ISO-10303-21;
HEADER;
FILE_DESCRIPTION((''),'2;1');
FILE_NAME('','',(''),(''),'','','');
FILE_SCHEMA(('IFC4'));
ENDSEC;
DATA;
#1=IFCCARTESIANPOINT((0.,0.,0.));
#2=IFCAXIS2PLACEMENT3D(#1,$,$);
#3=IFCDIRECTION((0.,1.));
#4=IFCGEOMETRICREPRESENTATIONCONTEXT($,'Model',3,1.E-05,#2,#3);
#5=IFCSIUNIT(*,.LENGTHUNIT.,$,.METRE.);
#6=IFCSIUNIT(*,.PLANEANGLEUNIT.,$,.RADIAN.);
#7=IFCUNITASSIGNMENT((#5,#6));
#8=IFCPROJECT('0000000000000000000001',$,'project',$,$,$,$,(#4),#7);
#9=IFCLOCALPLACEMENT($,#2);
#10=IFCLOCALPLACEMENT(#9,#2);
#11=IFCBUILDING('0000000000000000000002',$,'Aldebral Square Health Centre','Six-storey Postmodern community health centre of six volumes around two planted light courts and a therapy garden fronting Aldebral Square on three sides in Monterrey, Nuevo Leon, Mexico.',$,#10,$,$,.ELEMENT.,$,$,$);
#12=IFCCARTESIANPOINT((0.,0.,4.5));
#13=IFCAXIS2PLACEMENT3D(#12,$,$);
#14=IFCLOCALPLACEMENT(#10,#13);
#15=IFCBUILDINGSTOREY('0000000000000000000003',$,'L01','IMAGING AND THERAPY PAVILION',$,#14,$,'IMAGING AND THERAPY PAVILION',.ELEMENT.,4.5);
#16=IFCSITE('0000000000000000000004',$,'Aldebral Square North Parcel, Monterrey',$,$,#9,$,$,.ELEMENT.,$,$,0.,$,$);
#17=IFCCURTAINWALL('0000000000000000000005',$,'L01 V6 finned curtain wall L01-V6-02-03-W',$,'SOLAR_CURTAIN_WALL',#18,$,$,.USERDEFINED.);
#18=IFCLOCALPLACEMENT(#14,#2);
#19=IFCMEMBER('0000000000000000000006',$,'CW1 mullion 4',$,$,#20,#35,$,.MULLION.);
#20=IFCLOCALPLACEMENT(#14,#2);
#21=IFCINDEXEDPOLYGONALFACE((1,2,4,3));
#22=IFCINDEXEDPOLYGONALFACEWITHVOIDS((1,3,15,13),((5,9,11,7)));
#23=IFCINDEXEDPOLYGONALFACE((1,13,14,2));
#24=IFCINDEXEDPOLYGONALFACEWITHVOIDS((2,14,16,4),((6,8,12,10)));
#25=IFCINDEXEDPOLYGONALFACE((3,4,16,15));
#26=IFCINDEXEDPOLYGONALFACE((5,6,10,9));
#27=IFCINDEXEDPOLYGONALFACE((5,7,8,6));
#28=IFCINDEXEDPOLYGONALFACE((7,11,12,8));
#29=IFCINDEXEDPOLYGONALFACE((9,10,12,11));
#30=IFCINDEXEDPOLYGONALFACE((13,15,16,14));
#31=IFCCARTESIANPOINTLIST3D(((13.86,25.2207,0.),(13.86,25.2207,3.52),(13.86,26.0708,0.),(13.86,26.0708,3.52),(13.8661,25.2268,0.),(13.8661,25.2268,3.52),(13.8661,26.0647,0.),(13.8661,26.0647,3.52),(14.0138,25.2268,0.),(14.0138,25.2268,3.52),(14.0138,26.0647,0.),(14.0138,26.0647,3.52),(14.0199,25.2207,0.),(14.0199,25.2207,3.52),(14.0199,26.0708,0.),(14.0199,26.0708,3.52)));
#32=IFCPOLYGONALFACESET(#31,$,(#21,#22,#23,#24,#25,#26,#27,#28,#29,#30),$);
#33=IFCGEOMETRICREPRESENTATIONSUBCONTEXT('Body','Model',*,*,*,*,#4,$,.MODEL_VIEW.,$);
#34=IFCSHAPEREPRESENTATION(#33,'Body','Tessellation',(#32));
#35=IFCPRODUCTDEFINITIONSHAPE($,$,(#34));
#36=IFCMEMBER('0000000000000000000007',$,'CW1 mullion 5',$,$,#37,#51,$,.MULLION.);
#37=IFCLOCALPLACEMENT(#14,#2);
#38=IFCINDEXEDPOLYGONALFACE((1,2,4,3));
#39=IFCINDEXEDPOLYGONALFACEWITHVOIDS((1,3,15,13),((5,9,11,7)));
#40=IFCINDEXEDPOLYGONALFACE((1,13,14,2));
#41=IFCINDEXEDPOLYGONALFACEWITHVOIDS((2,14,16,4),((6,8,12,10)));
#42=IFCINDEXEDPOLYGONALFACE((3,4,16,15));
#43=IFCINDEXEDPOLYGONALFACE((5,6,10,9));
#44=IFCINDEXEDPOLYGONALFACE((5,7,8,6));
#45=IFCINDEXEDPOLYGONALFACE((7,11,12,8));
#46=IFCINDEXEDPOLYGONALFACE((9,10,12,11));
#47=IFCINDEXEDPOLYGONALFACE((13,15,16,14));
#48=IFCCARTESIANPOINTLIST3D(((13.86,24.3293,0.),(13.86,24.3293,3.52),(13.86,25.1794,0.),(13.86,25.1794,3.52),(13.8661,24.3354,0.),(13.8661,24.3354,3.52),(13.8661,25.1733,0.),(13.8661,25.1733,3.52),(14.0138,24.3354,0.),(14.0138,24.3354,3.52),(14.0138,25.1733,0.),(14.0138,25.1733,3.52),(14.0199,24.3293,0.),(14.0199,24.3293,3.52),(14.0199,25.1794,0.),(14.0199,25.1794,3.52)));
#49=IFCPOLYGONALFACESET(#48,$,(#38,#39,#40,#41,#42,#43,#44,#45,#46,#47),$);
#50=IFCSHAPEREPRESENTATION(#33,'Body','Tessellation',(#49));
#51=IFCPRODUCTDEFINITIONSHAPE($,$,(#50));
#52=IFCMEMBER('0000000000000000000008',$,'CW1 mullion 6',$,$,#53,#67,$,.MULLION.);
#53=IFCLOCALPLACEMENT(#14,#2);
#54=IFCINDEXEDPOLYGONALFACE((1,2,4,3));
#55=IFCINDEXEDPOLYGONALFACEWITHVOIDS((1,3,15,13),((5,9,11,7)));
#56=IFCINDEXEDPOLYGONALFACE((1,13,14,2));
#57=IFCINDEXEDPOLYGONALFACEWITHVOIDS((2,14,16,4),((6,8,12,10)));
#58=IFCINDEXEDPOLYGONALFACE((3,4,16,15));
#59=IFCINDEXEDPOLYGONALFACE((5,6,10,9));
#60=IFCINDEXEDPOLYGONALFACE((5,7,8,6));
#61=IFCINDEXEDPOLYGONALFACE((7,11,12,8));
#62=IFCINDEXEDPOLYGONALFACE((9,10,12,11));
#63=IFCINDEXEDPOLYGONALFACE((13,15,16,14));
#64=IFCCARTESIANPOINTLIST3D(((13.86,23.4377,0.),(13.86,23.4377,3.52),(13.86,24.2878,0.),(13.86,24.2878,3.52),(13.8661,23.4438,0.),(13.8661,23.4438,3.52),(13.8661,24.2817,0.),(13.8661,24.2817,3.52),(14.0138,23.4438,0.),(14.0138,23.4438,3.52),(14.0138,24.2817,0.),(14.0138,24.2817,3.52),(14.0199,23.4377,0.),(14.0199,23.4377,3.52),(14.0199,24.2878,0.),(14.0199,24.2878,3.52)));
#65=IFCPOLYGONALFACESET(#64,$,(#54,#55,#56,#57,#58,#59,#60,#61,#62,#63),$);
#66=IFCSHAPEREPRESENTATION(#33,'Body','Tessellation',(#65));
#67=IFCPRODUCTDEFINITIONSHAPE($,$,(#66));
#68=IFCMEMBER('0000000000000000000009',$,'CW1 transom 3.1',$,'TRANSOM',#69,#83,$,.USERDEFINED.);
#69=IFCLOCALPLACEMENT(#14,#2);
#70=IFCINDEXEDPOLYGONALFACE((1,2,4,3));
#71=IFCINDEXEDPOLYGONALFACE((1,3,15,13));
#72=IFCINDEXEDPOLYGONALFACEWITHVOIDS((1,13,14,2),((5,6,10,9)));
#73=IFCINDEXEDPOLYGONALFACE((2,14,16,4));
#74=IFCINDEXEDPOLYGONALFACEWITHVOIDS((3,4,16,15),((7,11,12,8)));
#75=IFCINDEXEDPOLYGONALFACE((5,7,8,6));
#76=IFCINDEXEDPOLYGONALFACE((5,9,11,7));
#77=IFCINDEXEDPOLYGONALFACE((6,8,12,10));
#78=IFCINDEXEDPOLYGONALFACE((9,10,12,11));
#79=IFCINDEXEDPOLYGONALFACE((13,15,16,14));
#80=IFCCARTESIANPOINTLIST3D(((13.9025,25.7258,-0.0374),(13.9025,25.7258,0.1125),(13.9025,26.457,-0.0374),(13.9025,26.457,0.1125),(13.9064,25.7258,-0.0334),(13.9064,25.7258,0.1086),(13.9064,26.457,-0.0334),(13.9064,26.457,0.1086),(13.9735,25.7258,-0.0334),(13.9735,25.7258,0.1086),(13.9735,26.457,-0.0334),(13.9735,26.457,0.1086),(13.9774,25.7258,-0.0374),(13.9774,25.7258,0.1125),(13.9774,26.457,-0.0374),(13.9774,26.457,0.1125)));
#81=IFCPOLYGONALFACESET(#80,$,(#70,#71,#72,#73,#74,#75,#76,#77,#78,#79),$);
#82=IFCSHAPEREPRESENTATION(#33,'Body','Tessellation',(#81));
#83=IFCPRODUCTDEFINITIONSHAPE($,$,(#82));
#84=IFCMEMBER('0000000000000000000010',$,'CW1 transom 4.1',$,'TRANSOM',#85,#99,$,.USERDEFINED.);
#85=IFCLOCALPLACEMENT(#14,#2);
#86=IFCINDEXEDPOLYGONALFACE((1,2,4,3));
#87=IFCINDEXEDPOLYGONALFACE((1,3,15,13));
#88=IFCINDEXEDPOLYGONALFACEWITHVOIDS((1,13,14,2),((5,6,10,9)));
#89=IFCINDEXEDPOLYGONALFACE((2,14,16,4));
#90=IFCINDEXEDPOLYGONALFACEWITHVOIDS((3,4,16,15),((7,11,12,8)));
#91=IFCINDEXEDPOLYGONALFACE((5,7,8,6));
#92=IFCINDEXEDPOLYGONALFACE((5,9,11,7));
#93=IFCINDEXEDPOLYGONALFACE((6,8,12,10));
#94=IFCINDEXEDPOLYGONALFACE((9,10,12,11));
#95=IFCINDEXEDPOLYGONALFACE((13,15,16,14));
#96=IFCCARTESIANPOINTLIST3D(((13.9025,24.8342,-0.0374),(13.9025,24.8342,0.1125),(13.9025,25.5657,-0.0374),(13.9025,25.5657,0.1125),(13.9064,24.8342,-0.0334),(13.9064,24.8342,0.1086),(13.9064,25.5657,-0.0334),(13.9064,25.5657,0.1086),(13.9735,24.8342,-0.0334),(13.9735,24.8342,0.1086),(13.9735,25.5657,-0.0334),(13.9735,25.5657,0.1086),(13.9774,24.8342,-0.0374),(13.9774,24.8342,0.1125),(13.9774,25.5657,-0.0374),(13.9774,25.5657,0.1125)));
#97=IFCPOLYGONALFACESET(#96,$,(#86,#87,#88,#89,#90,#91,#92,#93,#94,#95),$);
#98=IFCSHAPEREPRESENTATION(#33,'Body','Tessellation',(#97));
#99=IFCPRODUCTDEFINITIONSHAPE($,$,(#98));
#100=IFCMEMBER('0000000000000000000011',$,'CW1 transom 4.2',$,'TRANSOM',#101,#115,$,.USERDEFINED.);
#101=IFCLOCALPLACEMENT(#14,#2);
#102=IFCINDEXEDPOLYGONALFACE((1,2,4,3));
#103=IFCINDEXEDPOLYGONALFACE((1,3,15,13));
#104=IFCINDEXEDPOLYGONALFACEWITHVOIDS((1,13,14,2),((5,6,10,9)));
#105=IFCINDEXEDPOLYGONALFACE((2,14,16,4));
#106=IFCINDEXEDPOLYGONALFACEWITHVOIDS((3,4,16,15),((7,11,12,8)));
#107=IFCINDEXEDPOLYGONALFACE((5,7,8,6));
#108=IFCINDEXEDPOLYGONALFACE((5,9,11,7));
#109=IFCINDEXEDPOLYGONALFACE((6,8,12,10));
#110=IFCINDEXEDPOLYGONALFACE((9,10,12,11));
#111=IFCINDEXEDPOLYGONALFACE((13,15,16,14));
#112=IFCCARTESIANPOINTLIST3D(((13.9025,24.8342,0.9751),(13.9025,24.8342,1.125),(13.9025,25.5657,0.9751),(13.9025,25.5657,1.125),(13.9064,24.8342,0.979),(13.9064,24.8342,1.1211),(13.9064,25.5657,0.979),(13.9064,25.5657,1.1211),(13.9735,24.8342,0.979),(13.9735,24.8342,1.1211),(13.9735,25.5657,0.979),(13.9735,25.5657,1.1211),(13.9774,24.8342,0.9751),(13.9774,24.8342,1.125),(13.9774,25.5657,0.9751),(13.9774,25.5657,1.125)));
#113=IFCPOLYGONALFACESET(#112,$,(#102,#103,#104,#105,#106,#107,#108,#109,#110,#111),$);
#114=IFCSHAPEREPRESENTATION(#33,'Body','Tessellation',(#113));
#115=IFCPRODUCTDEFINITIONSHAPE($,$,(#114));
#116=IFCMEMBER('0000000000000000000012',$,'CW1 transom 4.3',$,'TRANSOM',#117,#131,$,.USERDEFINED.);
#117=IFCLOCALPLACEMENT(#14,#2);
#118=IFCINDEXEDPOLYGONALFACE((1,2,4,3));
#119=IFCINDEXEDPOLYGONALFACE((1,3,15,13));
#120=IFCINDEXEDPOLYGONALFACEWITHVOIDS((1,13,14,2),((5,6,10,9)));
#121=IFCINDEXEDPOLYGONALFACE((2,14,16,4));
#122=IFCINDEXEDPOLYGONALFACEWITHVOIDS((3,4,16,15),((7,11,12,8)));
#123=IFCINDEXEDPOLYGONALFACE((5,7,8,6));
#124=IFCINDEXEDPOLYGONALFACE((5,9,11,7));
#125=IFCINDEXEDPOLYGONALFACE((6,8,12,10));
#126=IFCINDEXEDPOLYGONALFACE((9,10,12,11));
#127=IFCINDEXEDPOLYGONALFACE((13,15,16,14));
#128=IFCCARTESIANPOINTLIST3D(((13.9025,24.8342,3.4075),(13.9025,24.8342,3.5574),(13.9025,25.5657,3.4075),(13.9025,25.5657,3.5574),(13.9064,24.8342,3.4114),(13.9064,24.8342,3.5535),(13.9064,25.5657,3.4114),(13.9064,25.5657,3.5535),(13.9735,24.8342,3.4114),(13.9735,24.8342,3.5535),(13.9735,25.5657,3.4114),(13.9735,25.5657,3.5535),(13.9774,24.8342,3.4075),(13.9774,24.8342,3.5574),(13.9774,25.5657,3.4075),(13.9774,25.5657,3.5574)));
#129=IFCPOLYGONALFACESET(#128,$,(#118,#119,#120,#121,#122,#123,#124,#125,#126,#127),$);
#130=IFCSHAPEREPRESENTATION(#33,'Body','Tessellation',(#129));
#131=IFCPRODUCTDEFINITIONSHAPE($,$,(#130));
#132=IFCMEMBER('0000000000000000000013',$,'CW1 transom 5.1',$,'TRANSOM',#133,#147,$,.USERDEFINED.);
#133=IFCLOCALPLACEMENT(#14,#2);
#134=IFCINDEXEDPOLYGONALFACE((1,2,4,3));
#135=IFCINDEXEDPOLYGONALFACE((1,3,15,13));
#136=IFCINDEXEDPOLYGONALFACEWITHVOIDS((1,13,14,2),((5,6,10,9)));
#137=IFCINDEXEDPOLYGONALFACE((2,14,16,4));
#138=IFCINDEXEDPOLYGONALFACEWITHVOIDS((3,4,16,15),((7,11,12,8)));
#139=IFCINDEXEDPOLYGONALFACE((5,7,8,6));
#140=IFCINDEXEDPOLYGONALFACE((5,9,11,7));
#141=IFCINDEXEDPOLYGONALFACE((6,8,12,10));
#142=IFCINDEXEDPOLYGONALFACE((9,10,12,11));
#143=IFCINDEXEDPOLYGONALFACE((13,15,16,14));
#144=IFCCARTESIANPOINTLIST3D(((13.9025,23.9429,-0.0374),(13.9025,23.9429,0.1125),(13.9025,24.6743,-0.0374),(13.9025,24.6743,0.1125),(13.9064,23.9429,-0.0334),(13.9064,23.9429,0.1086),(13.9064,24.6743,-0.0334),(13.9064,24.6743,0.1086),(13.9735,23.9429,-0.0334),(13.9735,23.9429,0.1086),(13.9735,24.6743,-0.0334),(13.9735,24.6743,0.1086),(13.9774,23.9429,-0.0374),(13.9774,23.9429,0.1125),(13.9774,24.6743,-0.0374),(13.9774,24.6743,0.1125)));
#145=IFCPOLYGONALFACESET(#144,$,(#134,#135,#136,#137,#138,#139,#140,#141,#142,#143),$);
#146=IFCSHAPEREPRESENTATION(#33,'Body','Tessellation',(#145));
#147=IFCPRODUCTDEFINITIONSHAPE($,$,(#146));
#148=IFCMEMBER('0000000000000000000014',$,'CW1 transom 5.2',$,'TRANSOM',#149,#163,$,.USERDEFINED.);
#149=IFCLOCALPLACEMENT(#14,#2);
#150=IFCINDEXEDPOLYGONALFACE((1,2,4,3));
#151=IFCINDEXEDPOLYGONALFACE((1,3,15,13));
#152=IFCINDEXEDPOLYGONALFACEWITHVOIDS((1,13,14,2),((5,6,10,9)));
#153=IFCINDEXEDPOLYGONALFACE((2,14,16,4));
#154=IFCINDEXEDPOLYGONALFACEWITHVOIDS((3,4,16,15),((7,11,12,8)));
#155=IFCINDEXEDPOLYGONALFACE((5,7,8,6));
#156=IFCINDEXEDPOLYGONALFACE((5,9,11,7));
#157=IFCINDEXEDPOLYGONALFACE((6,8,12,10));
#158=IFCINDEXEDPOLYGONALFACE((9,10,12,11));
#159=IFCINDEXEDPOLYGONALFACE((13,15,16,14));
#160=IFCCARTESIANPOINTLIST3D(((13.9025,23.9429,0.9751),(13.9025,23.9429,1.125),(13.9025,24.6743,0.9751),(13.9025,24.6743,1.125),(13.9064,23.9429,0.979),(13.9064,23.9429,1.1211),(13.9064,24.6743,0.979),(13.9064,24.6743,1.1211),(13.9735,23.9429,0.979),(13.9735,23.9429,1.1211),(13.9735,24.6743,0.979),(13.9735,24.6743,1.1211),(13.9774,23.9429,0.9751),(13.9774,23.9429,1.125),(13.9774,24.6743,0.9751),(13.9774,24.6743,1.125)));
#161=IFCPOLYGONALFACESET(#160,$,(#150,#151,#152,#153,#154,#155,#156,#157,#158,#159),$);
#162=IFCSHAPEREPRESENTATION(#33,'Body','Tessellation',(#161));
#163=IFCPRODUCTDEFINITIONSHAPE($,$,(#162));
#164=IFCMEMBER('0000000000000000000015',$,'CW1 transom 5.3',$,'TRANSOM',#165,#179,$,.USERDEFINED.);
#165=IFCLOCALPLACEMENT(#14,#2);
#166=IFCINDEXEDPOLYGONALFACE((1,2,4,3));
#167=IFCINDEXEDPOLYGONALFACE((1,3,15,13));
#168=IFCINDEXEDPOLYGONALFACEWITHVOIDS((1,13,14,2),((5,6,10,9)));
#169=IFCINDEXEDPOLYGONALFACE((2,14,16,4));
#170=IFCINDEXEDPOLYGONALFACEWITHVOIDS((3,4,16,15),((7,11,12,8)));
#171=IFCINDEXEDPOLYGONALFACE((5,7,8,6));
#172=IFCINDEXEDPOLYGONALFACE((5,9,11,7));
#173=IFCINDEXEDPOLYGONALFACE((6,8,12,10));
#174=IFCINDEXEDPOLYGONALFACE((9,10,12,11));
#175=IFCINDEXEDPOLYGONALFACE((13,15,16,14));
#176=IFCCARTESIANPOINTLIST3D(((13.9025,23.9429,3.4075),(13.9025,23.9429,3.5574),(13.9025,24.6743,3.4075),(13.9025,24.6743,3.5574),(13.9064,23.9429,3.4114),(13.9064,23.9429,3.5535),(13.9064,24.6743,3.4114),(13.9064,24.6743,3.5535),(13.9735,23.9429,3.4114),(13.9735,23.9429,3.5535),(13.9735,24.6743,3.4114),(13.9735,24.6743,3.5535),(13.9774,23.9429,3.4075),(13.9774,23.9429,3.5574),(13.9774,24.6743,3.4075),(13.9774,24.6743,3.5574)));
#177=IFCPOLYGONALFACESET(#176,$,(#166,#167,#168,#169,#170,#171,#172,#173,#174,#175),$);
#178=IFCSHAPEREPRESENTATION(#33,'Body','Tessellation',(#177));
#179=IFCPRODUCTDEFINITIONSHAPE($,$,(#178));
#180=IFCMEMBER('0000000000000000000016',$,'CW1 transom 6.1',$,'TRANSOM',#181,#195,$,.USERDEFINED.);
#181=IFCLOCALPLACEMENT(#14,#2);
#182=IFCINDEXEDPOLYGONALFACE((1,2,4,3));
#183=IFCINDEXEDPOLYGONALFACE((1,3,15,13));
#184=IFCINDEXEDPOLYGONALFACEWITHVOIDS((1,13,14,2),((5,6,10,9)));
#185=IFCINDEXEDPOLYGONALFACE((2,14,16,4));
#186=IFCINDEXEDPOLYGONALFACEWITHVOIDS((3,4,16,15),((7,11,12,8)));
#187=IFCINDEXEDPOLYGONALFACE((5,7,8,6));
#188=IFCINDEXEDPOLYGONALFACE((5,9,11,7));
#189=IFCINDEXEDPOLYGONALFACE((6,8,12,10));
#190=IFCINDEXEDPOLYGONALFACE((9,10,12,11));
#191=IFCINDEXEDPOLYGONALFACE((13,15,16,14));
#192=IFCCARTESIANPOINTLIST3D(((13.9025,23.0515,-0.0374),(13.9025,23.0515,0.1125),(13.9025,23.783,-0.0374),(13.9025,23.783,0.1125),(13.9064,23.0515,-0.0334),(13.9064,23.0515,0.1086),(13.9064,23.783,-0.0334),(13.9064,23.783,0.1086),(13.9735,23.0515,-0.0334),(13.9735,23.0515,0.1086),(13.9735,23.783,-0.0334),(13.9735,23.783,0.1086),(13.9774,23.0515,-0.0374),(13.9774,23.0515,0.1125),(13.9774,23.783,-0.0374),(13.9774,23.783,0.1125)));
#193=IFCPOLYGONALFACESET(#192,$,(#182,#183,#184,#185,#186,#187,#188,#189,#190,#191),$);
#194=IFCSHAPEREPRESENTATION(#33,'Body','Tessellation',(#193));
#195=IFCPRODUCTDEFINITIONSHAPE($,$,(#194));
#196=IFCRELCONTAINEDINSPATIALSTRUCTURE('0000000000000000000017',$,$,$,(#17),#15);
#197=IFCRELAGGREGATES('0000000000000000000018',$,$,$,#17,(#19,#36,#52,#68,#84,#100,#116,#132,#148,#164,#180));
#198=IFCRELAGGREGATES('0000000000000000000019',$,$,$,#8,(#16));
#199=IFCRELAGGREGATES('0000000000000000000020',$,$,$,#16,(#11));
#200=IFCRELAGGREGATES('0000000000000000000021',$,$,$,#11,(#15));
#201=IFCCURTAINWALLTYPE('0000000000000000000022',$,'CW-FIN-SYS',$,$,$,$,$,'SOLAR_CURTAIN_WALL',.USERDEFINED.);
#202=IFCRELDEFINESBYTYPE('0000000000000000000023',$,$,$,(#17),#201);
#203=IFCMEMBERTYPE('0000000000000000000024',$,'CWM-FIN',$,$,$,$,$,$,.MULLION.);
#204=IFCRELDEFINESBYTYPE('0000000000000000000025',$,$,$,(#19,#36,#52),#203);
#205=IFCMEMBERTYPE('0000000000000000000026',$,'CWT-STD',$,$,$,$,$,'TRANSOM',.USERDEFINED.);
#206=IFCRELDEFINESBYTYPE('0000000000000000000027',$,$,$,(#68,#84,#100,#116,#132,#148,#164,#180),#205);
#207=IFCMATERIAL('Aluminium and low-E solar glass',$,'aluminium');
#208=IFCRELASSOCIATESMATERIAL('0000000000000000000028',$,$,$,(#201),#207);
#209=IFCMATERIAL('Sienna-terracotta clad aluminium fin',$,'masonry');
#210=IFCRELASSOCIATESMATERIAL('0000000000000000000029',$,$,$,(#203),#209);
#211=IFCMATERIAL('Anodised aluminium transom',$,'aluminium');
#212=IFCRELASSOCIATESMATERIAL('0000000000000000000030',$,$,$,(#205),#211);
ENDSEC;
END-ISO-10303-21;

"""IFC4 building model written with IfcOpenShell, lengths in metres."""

from ifc_helpers import new_model, si_unit, direction, frame, origin, origin_2d, place, context, subcontext, project, spatial, hollow_rectangle, extrude, material, material_profile, profile_set, type_object, element, aggregate, save


model = new_model("IFC4")

# Units and contexts
model_context = context("Model", 3, precision=1e-05, world=origin(), true_north=direction((0.0, 1.0)))
body_context = subcontext(model_context, "Body", "Model", "MODEL_VIEW")
ifc_project = project(units=[si_unit("LENGTHUNIT", "METRE"), si_unit("PLANEANGLEUNIT", "RADIAN")], contexts=[model_context])

# Site, building, storey
site_placement = place(None, origin())
site = spatial("IfcSite", under=ifc_project, at=site_placement, Name="Aldebral Square North Parcel, Monterrey", CompositionType="ELEMENT", RefElevation=0.0)
building_placement = place(site_placement, origin())
building = spatial("IfcBuilding", under=site, at=building_placement, Name="Aldebral Square Health Centre", Description="Six-storey Postmodern community health centre of six volumes around two planted light courts and a therapy garden fronting Aldebral Square on three sides in Monterrey, Nuevo Leon, Mexico.", CompositionType="ELEMENT")
storey_placement = place(building_placement, frame((0.0, 0.0, 4.5)))
storey = spatial("IfcBuildingStorey", under=building, at=storey_placement, Name="L01", Description="IMAGING AND THERAPY PAVILION", LongName="IMAGING AND THERAPY PAVILION", CompositionType="ELEMENT", Elevation=4.5)

# Curtain wall, members
ifc_material_1 = material(Name="Aluminium and low-E solar glass", Category="aluminium")
curtain_wall_type = type_object("IfcCurtainWallType", Name="CW-FIN-SYS", ElementType="SOLAR_CURTAIN_WALL", PredefinedType="USERDEFINED", material=ifc_material_1)
curtain_wall_placement = place(storey_placement, origin())
curtain_wall = element("IfcCurtainWall", 1, at=curtain_wall_placement, inside=storey, type_object=curtain_wall_type, Name="L01 V6 finned curtain wall L01-V6-02-03-W", ObjectType="SOLAR_CURTAIN_WALL", PredefinedType="USERDEFINED")
ifc_material_2 = material(Name="Sienna-terracotta clad aluminium fin", Category="masonry")
ifc_material_profile_1 = material_profile(ifc_material_2, hollow_rectangle(XDim=0.1599, YDim=0.8501, WallThickness=0.0061, at=origin_2d()), Name="FIN 160x850x6")
ifc_profile_set_1 = profile_set([ifc_material_profile_1], Name="Sienna-terracotta clad aluminium fin")
member_type_1 = type_object("IfcMemberType", Name="CWM-FIN", PredefinedType="MULLION", material=ifc_profile_set_1)
member_1_placement = place(storey_placement, frame((13.9399, 25.6458, 0.0), z_axis=(0.0, 0.0, 1.0), x_axis=(1.0, 0.0, 0.0)))
member_1 = element("IfcMember", 2, at=member_1_placement, type_object=member_type_1, Name="CW1 mullion 4", PredefinedType="MULLION", context=body_context, shape_type="SweptSolid", body=[
    extrude(hollow_rectangle(XDim=0.1599, YDim=0.8501, WallThickness=0.0061, at=origin_2d()), origin(), (0.0, 0.0, 1.0), 3.52),
])
member_2_placement = place(storey_placement, frame((13.9399, 24.7544, 0.0), z_axis=(0.0, 0.0, 1.0), x_axis=(1.0, 0.0, 0.0)))
member_2 = element("IfcMember", 3, at=member_2_placement, type_object=member_type_1, Name="CW1 mullion 5", PredefinedType="MULLION", context=body_context, shape_type="SweptSolid", body=[
    extrude(hollow_rectangle(XDim=0.1599, YDim=0.8501, WallThickness=0.0061, at=origin_2d()), origin(), (0.0, 0.0, 1.0), 3.52),
])
member_3_placement = place(storey_placement, frame((13.9399, 23.8628, 0.0), z_axis=(0.0, 0.0, 1.0), x_axis=(1.0, 0.0, 0.0)))
member_3 = element("IfcMember", 4, at=member_3_placement, type_object=member_type_1, Name="CW1 mullion 6", PredefinedType="MULLION", context=body_context, shape_type="SweptSolid", body=[
    extrude(hollow_rectangle(XDim=0.1599, YDim=0.8501, WallThickness=0.0061, at=origin_2d()), origin(), (0.0, 0.0, 1.0), 3.52),
])
ifc_material_3 = material(Name="Anodised aluminium transom", Category="aluminium")
ifc_material_profile_2 = material_profile(ifc_material_3, hollow_rectangle(XDim=0.075, YDim=0.1499, WallThickness=0.0039, at=origin_2d()), Name="CWT 75x150x4")
ifc_profile_set_2 = profile_set([ifc_material_profile_2], Name="Anodised aluminium transom")
member_type_2 = type_object("IfcMemberType", Name="CWT-STD", ElementType="TRANSOM", PredefinedType="USERDEFINED", material=ifc_profile_set_2)
member_4_placement = place(storey_placement, frame((13.9399, 26.457, 0.0376), z_axis=(0.0, -1.0, 0.0), x_axis=(1.0, 0.0, 0.0)))
member_4 = element("IfcMember", 5, at=member_4_placement, type_object=member_type_2, Name="CW1 transom 3.1", ObjectType="TRANSOM", PredefinedType="USERDEFINED", context=body_context, shape_type="SweptSolid", body=[
    extrude(hollow_rectangle(XDim=0.075, YDim=0.1499, WallThickness=0.0039, at=origin_2d()), origin(), (0.0, 0.0, 1.0), 0.7312),
])
member_5_placement = place(storey_placement, frame((13.9399, 25.5657, 0.0376), z_axis=(0.0, -1.0, 0.0), x_axis=(1.0, 0.0, 0.0)))
member_5 = element("IfcMember", 6, at=member_5_placement, type_object=member_type_2, Name="CW1 transom 4.1", ObjectType="TRANSOM", PredefinedType="USERDEFINED", context=body_context, shape_type="SweptSolid", body=[
    extrude(hollow_rectangle(XDim=0.075, YDim=0.1499, WallThickness=0.0039, at=origin_2d()), origin(), (0.0, 0.0, 1.0), 0.7314),
])
member_6_placement = place(storey_placement, frame((13.9399, 25.5657, 1.05), z_axis=(0.0, -1.0, 0.0), x_axis=(1.0, 0.0, 0.0)))
member_6 = element("IfcMember", 7, at=member_6_placement, type_object=member_type_2, Name="CW1 transom 4.2", ObjectType="TRANSOM", PredefinedType="USERDEFINED", context=body_context, shape_type="SweptSolid", body=[
    extrude(hollow_rectangle(XDim=0.075, YDim=0.1499, WallThickness=0.0039, at=origin_2d()), origin(), (0.0, 0.0, 1.0), 0.7314),
])
member_7_placement = place(storey_placement, frame((13.9399, 25.5657, 3.4824), z_axis=(0.0, -1.0, 0.0), x_axis=(1.0, 0.0, 0.0)))
member_7 = element("IfcMember", 8, at=member_7_placement, type_object=member_type_2, Name="CW1 transom 4.3", ObjectType="TRANSOM", PredefinedType="USERDEFINED", context=body_context, shape_type="SweptSolid", body=[
    extrude(hollow_rectangle(XDim=0.075, YDim=0.1499, WallThickness=0.0039, at=origin_2d()), origin(), (0.0, 0.0, 1.0), 0.7314),
])
member_8_placement = place(storey_placement, frame((13.9399, 24.6743, 0.0376), z_axis=(0.0, -1.0, 0.0), x_axis=(1.0, 0.0, 0.0)))
member_8 = element("IfcMember", 9, at=member_8_placement, type_object=member_type_2, Name="CW1 transom 5.1", ObjectType="TRANSOM", PredefinedType="USERDEFINED", context=body_context, shape_type="SweptSolid", body=[
    extrude(hollow_rectangle(XDim=0.075, YDim=0.1499, WallThickness=0.0039, at=origin_2d()), origin(), (0.0, 0.0, 1.0), 0.7314),
])
member_9_placement = place(storey_placement, frame((13.9399, 24.6743, 1.05), z_axis=(0.0, -1.0, 0.0), x_axis=(1.0, 0.0, 0.0)))
member_9 = element("IfcMember", 10, at=member_9_placement, type_object=member_type_2, Name="CW1 transom 5.2", ObjectType="TRANSOM", PredefinedType="USERDEFINED", context=body_context, shape_type="SweptSolid", body=[
    extrude(hollow_rectangle(XDim=0.075, YDim=0.1499, WallThickness=0.0039, at=origin_2d()), origin(), (0.0, 0.0, 1.0), 0.7314),
])
member_10_placement = place(storey_placement, frame((13.9399, 24.6743, 3.4824), z_axis=(0.0, -1.0, 0.0), x_axis=(1.0, 0.0, 0.0)))
member_10 = element("IfcMember", 11, at=member_10_placement, type_object=member_type_2, Name="CW1 transom 5.3", ObjectType="TRANSOM", PredefinedType="USERDEFINED", context=body_context, shape_type="SweptSolid", body=[
    extrude(hollow_rectangle(XDim=0.075, YDim=0.1499, WallThickness=0.0039, at=origin_2d()), origin(), (0.0, 0.0, 1.0), 0.7314),
])
member_11_placement = place(storey_placement, frame((13.9399, 23.783, 0.0376), z_axis=(0.0, -1.0, 0.0), x_axis=(1.0, 0.0, 0.0)))
member_11 = element("IfcMember", 12, at=member_11_placement, type_object=member_type_2, Name="CW1 transom 6.1", ObjectType="TRANSOM", PredefinedType="USERDEFINED", context=body_context, shape_type="SweptSolid", body=[
    extrude(hollow_rectangle(XDim=0.075, YDim=0.1499, WallThickness=0.0039, at=origin_2d()), origin(), (0.0, 0.0, 1.0), 0.7314),
])
aggregate(curtain_wall, [member_1, member_2, member_3, member_4, member_5, member_6, member_7, member_8, member_9, member_10, member_11])

save(model, "model.ifc")
